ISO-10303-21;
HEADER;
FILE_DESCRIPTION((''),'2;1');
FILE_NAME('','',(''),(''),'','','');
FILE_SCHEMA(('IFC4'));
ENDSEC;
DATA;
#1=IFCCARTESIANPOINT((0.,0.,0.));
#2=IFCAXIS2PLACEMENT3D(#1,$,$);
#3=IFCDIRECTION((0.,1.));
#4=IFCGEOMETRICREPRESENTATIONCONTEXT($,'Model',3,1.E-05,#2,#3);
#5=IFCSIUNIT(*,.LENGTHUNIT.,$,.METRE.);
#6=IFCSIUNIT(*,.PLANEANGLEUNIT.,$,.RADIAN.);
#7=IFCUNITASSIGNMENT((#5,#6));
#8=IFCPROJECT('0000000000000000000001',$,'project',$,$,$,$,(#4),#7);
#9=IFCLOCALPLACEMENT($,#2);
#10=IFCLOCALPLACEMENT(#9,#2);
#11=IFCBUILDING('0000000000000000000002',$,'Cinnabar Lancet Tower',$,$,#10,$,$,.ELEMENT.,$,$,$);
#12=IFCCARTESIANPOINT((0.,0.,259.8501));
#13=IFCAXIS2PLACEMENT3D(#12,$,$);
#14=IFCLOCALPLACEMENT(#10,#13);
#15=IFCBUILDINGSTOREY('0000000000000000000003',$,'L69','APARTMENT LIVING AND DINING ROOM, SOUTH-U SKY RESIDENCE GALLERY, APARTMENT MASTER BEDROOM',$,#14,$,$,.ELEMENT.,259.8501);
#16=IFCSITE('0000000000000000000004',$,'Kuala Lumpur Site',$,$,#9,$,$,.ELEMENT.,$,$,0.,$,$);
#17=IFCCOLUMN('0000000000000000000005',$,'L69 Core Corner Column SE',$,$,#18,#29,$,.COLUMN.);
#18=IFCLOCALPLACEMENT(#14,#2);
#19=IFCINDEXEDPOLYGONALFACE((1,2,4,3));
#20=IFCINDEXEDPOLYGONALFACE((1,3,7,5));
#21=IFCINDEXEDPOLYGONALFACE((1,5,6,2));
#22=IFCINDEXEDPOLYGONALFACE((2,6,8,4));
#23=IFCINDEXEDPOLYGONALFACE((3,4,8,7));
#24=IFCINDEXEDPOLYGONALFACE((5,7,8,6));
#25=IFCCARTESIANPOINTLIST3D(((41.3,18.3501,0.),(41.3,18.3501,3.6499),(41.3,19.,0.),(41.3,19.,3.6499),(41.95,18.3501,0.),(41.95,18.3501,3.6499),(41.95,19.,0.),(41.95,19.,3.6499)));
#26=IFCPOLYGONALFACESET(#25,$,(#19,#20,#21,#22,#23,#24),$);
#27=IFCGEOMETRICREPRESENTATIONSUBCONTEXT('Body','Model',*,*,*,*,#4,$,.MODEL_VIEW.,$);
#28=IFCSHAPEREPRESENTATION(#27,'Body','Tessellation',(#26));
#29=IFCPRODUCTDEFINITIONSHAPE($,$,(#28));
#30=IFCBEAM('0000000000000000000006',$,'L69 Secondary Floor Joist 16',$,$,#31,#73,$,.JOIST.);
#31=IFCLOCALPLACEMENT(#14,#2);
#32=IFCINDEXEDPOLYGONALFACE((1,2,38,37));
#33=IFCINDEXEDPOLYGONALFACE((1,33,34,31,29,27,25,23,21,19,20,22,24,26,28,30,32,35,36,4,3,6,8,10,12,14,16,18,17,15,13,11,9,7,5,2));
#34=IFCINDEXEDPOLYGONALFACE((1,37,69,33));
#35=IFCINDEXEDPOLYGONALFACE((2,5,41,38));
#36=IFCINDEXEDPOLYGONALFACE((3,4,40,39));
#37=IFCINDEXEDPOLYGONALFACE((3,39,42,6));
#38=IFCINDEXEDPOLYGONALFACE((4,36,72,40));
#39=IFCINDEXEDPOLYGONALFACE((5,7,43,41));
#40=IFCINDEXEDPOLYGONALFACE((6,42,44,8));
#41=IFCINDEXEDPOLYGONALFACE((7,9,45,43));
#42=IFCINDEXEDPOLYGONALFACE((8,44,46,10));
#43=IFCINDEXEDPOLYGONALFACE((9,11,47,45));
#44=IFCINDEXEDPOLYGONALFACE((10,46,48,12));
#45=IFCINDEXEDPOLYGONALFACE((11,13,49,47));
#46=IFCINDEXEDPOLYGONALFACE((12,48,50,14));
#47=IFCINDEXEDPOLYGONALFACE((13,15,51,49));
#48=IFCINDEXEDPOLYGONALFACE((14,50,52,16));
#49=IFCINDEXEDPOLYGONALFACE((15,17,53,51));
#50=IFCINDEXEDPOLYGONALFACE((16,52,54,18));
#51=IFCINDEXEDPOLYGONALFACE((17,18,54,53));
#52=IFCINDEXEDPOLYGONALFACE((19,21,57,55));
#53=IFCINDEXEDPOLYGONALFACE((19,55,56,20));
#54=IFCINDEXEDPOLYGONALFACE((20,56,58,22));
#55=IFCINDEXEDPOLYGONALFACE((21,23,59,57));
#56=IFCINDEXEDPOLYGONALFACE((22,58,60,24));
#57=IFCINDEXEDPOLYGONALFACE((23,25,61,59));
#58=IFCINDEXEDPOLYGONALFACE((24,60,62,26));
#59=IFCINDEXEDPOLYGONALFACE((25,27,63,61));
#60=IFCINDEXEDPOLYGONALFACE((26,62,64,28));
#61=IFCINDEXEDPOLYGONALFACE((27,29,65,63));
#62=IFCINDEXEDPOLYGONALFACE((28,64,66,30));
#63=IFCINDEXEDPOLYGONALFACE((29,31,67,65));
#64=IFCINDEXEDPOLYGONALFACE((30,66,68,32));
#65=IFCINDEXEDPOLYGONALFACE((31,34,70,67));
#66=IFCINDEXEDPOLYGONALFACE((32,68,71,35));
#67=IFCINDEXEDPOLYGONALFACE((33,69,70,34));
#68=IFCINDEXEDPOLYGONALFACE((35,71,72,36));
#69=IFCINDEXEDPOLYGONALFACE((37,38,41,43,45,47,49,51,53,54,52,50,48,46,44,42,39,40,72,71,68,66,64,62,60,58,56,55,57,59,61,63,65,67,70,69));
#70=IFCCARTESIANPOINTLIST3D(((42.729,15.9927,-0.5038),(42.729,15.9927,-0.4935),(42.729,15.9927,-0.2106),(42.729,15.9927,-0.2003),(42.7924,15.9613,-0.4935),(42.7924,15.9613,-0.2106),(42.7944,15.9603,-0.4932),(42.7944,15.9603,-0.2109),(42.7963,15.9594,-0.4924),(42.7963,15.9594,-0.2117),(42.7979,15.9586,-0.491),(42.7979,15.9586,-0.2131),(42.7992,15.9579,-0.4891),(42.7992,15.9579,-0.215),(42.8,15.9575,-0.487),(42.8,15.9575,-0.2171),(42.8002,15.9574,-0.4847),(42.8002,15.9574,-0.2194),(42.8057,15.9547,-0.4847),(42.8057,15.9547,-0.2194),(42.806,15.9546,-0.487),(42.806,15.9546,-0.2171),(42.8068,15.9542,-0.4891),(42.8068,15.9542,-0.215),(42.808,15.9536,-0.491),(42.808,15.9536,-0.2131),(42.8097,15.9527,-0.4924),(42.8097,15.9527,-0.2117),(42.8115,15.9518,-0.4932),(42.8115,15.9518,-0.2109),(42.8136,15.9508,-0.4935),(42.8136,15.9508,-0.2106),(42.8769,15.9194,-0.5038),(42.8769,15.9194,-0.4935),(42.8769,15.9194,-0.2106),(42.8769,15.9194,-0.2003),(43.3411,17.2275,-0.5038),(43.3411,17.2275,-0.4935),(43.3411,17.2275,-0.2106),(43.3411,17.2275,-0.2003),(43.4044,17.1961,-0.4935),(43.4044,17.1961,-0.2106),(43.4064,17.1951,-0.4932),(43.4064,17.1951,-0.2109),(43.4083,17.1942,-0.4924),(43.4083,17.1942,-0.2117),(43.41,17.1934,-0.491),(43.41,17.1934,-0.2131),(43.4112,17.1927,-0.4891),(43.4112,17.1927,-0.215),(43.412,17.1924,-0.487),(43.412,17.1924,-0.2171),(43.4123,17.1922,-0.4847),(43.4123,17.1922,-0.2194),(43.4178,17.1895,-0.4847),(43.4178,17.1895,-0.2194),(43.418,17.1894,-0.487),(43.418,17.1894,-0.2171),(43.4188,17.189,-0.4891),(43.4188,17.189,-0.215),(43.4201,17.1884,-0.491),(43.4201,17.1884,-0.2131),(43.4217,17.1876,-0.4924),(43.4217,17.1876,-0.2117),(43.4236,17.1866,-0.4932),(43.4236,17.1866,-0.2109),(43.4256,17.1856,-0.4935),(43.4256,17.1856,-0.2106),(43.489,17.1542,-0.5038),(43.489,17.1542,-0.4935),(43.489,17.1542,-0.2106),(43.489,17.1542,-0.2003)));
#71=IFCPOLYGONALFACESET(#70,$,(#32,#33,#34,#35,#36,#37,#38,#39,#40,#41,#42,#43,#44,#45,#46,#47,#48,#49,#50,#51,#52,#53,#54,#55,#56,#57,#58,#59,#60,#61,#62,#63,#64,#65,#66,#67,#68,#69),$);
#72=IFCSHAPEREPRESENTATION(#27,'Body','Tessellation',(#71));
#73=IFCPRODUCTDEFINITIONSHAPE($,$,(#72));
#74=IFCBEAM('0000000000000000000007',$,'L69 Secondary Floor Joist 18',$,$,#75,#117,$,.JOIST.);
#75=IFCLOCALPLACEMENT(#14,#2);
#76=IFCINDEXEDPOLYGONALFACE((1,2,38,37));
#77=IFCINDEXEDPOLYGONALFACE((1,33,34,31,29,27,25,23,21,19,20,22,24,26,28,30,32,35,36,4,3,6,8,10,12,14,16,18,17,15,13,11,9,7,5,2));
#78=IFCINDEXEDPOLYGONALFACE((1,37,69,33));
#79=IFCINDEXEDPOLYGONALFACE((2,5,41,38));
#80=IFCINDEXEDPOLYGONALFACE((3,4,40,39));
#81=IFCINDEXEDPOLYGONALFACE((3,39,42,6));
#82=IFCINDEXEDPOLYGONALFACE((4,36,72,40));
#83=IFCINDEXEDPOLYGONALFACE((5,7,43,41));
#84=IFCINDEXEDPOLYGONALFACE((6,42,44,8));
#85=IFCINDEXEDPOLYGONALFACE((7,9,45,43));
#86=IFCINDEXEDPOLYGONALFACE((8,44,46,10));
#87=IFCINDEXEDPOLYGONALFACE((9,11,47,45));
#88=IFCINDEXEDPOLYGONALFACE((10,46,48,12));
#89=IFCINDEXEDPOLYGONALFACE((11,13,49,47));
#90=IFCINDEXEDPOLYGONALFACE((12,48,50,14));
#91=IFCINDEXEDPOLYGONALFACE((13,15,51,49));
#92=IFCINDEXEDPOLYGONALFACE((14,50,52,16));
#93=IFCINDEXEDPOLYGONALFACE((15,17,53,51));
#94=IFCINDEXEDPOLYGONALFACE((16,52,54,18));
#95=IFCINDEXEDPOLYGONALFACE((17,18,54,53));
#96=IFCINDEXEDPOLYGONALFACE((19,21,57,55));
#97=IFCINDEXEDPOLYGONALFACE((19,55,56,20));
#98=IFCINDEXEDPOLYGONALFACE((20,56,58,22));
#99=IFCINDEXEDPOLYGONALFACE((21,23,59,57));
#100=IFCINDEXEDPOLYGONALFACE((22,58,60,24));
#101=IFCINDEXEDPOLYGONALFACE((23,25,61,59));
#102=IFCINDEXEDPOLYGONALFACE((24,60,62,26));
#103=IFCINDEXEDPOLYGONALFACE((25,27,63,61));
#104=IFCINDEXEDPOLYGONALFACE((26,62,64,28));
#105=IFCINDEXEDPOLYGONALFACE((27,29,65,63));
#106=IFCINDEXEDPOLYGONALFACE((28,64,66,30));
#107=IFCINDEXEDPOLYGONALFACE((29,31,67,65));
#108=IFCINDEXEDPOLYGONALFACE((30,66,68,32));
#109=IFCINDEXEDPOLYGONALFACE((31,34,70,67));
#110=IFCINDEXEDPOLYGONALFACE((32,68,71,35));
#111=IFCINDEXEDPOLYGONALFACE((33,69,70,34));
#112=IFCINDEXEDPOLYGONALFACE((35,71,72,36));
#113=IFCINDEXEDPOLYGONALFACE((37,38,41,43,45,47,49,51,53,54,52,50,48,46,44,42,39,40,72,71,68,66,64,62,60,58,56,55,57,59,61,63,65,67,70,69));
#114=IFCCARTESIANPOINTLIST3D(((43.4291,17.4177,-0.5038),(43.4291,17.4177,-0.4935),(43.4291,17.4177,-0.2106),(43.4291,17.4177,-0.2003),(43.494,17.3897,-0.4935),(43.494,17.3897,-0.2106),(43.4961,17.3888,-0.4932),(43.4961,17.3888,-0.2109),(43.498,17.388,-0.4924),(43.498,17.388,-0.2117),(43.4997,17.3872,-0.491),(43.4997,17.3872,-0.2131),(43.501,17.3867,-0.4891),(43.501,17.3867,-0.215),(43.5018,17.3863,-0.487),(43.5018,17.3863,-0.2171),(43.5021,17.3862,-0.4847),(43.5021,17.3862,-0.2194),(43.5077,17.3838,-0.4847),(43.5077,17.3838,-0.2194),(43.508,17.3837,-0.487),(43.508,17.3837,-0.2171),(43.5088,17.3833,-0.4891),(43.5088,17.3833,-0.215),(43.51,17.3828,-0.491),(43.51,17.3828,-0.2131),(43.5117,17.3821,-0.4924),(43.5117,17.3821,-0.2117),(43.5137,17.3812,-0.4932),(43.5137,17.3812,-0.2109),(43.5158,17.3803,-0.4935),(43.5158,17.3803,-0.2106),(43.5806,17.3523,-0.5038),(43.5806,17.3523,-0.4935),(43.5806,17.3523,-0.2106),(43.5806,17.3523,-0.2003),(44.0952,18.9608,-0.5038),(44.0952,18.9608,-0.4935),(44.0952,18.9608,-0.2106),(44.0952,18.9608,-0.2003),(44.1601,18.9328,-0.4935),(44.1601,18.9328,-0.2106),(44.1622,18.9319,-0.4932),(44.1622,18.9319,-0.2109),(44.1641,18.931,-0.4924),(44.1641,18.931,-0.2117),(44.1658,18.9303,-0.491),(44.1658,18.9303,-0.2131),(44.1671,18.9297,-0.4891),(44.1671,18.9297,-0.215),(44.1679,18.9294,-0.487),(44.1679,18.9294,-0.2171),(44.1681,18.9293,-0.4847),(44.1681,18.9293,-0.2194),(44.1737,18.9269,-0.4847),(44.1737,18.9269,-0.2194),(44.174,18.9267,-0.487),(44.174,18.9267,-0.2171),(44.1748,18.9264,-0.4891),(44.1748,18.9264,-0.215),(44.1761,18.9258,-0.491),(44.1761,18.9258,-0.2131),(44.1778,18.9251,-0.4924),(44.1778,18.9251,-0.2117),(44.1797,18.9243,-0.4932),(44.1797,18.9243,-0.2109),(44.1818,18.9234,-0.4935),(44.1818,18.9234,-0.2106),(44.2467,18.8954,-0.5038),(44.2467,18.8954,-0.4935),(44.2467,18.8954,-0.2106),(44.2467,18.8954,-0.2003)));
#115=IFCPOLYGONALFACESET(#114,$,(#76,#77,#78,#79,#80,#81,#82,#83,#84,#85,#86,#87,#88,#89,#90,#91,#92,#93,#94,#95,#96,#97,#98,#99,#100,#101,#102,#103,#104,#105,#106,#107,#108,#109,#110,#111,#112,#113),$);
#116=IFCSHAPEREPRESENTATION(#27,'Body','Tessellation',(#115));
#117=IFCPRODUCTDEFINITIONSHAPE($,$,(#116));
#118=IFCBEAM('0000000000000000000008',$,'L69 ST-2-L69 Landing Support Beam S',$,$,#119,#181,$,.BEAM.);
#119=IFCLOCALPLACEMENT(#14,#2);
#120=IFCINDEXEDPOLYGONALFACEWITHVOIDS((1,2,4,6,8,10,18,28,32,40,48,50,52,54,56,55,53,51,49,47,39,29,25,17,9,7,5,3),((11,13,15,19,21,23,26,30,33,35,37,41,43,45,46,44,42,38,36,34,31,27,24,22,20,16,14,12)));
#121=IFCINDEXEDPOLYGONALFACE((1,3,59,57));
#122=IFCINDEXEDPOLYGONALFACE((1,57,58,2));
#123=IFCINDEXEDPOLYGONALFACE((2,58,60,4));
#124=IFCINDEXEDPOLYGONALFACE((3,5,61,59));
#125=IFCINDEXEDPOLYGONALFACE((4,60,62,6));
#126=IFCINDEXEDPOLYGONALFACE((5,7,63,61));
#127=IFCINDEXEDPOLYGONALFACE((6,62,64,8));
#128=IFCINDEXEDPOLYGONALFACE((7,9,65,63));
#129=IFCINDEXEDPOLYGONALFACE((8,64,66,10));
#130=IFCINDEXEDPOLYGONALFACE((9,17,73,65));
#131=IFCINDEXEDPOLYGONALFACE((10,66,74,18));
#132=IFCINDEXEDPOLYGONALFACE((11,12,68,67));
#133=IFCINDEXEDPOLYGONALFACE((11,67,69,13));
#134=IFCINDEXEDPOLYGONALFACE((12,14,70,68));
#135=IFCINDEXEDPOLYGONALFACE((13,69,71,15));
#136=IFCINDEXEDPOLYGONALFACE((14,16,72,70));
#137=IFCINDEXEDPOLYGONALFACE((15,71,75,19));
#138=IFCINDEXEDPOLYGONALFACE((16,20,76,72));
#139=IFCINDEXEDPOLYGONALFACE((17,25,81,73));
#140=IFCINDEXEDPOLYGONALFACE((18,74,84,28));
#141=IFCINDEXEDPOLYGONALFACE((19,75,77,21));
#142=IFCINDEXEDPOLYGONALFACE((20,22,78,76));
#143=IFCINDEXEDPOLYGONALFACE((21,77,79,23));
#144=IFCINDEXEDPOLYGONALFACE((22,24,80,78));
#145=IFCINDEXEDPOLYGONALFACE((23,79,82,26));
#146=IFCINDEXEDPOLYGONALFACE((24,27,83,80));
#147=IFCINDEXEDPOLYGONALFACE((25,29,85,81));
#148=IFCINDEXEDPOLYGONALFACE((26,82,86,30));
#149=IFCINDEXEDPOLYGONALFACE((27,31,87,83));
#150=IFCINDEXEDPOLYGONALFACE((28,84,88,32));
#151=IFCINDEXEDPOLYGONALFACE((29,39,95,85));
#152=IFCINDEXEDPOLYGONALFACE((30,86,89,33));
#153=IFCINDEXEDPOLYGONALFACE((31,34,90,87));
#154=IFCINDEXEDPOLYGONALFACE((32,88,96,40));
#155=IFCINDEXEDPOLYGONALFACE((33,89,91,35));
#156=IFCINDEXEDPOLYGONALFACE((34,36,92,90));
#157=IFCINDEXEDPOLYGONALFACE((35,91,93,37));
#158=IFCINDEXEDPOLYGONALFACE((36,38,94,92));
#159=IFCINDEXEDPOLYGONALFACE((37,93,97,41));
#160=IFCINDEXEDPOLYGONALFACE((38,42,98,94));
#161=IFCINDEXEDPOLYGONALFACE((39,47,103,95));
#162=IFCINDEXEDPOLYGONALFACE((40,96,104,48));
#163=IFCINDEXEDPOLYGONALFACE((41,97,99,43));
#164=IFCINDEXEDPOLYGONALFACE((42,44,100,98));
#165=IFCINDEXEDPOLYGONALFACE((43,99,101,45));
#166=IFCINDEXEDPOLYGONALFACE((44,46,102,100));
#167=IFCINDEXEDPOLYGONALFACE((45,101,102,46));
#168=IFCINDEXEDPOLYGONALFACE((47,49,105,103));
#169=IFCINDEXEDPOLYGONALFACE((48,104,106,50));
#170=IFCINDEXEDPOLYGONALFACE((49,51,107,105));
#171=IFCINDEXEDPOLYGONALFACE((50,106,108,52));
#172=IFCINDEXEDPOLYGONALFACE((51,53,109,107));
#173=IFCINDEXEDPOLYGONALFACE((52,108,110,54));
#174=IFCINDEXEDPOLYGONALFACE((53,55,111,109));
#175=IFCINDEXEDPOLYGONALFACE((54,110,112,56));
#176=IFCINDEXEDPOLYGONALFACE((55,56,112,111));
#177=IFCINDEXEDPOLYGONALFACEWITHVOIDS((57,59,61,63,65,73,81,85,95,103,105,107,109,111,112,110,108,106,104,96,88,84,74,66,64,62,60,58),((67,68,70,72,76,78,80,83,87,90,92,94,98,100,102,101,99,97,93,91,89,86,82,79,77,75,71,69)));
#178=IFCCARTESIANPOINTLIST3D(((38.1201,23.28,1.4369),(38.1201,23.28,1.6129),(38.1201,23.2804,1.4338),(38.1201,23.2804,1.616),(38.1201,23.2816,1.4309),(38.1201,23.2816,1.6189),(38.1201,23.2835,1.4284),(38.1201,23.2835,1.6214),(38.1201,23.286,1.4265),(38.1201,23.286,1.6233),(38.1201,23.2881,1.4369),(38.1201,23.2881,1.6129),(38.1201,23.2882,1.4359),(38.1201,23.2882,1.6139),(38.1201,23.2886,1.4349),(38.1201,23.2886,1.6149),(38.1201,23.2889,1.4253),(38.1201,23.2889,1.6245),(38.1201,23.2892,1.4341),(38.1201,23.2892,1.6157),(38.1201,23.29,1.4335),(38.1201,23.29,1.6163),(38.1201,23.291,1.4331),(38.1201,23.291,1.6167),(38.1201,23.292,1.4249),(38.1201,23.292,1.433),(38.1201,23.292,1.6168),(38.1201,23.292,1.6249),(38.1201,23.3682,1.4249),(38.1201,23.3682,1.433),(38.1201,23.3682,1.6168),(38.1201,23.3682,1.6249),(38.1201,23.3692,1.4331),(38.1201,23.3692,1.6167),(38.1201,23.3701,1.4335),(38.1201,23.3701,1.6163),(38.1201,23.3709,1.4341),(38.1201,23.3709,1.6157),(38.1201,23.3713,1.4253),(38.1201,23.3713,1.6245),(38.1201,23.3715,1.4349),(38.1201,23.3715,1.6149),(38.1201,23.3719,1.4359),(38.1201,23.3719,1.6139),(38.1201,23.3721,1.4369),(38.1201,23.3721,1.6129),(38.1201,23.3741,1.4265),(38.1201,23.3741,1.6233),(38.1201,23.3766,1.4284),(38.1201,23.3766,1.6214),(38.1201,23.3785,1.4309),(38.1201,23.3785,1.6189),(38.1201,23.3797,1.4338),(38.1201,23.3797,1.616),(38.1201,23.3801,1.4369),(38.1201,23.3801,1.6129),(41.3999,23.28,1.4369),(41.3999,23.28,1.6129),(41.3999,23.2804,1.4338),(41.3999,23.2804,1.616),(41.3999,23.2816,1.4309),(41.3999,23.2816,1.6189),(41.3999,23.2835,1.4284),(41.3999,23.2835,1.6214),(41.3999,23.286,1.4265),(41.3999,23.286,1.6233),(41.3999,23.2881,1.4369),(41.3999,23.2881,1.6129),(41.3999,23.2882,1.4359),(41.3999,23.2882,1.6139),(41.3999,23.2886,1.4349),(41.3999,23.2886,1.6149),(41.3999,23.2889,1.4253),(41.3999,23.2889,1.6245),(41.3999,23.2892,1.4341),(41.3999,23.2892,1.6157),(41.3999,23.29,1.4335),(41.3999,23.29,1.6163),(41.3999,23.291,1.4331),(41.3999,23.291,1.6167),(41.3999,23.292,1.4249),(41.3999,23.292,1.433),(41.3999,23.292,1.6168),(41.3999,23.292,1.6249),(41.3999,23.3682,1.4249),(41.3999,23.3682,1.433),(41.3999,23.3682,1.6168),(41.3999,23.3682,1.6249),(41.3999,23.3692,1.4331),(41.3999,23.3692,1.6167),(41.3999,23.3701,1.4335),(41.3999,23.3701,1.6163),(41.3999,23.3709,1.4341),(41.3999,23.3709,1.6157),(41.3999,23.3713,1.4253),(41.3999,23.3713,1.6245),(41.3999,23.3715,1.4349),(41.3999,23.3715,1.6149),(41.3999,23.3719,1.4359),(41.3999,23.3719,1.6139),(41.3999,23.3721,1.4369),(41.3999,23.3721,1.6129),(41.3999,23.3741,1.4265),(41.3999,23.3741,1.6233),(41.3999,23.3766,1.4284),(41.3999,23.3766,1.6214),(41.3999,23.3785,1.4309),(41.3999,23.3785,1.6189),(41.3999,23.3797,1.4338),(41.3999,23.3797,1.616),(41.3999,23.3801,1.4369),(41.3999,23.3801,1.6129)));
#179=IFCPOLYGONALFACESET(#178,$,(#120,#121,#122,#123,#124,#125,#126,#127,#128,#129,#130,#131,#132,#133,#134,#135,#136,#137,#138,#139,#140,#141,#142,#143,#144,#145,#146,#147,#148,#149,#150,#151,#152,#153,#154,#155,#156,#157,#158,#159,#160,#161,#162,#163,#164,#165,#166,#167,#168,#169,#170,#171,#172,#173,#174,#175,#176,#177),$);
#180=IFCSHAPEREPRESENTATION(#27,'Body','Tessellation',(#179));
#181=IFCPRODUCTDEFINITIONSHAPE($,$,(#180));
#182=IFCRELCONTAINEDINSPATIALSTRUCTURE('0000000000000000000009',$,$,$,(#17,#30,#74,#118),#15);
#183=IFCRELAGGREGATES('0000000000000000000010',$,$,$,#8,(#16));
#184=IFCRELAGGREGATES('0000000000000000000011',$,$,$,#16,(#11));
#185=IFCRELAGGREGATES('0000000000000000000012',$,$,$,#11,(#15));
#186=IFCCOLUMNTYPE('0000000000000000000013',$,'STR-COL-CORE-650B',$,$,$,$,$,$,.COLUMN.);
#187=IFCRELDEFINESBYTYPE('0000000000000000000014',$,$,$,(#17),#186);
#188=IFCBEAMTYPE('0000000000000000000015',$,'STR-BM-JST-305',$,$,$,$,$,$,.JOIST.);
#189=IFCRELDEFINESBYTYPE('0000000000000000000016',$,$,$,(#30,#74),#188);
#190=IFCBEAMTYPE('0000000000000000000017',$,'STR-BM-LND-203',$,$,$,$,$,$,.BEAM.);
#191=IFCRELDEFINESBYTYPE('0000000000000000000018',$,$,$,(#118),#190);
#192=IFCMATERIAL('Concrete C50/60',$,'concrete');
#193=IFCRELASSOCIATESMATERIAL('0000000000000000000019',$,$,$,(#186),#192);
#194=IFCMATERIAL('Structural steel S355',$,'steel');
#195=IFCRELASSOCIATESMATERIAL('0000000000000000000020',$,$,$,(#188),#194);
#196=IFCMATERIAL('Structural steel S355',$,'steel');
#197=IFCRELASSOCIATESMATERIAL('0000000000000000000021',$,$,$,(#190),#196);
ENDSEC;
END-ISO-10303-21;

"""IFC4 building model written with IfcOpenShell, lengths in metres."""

from ifc_helpers import new_model, si_unit, direction, frame, origin, origin_2d, place, context, subcontext, project, spatial, rectangle, hollow_rectangle, i_section, extrude, material, material_profile, profile_set, type_object, element, save


model = new_model("IFC4")

# Units and contexts
model_context = context("Model", 3, precision=1e-05, world=origin(), true_north=direction((0.0, 1.0)))
body_context = subcontext(model_context, "Body", "Model", "MODEL_VIEW")
ifc_project = project(units=[si_unit("LENGTHUNIT", "METRE"), si_unit("PLANEANGLEUNIT", "RADIAN")], contexts=[model_context])

# Site, building, storey
site_placement = place(None, origin())
site = spatial("IfcSite", under=ifc_project, at=site_placement, Name="Kuala Lumpur Site", CompositionType="ELEMENT", RefElevation=0.0)
building_placement = place(site_placement, origin())
building = spatial("IfcBuilding", under=site, at=building_placement, Name="Cinnabar Lancet Tower", CompositionType="ELEMENT")
storey_placement = place(building_placement, frame((0.0, 0.0, 259.8501)))
storey = spatial("IfcBuildingStorey", under=building, at=storey_placement, Name="L69", Description="APARTMENT LIVING AND DINING ROOM, SOUTH-U SKY RESIDENCE GALLERY, APARTMENT MASTER BEDROOM", CompositionType="ELEMENT", Elevation=259.8501)

# Column
ifc_material_1 = material(Name="Concrete C50/60", Category="concrete")
ifc_material_profile_1 = material_profile(ifc_material_1, rectangle(XDim=0.6499, YDim=0.6499, at=origin_2d()), Name="RC-COL 650x650")
ifc_profile_set_1 = profile_set([ifc_material_profile_1], Name="Concrete C50/60")
column_type = type_object("IfcColumnType", Name="STR-COL-CORE-650B", PredefinedType="COLUMN", material=ifc_profile_set_1)
column_placement = place(storey_placement, frame((41.625, 18.675, 0.0), z_axis=(0.0, 0.0, 1.0), x_axis=(1.0, 0.0, 0.0)))
element("IfcColumn", 1, at=column_placement, inside=storey, type_object=column_type, Name="L69 Core Corner Column SE", PredefinedType="COLUMN", context=body_context, shape_type="SweptSolid", body=[
    extrude(rectangle(XDim=0.6499, YDim=0.6499, at=origin_2d()), origin(), (0.0, 0.0, 1.0), 3.6499),
])

# Beams
ifc_material_2 = material(Name="Structural steel S355", Category="steel")
ifc_material_profile_2 = material_profile(ifc_material_2, i_section(OverallWidth=0.165, OverallDepth=0.3035, WebThickness=0.0061, FlangeThickness=0.0103, FilletRadius=0.0088, at=origin_2d()), Name="UKB 305x165x40")
ifc_profile_set_2 = profile_set([ifc_material_profile_2], Name="Structural steel S355")
beam_type_1 = type_object("IfcBeamType", Name="STR-BM-JST-305", PredefinedType="JOIST", material=ifc_profile_set_2)
beam_1_placement = place(storey_placement, frame((42.803, 15.9561, -0.3521), z_axis=(0.444093, 0.895981, 0.0), x_axis=(-0.895981, 0.444093, 0.0)))
element("IfcBeam", 2, at=beam_1_placement, inside=storey, type_object=beam_type_1, Name="L69 Secondary Floor Joist 16", PredefinedType="JOIST", context=body_context, shape_type="SweptSolid", body=[
    extrude(i_section(OverallWidth=0.165, OverallDepth=0.3035, WebThickness=0.0061, FlangeThickness=0.0103, FilletRadius=0.0088, at=origin_2d()), origin(), (0.0, 0.0, 1.0), 1.3782),
])
beam_2_placement = place(storey_placement, frame((43.5049, 17.385, -0.3521), z_axis=(0.396302, 0.91812, 0.0), x_axis=(-0.91812, 0.396302, 0.0)))
element("IfcBeam", 3, at=beam_2_placement, inside=storey, type_object=beam_type_1, Name="L69 Secondary Floor Joist 18", PredefinedType="JOIST", context=body_context, shape_type="SweptSolid", body=[
    extrude(i_section(OverallWidth=0.165, OverallDepth=0.3035, WebThickness=0.0061, FlangeThickness=0.0103, FilletRadius=0.0088, at=origin_2d()), origin(), (0.0, 0.0, 1.0), 1.6807),
])
ifc_material_3 = material(Name="Structural steel S355", Category="steel")
ifc_material_profile_3 = material_profile(ifc_material_3, hollow_rectangle(XDim=0.1001, YDim=0.2, WallThickness=0.0081, InnerFilletRadius=0.0039, OuterFilletRadius=0.012, at=origin_2d()), Name="RHS 200x100x8")
ifc_profile_set_3 = profile_set([ifc_material_profile_3], Name="Structural steel S355")
beam_type_2 = type_object("IfcBeamType", Name="STR-BM-LND-203", PredefinedType="BEAM", material=ifc_profile_set_3)
for number, where, z_axis, x_axis, name in (
    (4, (38.1201, 23.3301, 1.5249), (1.0, 0.0, 0.0), (0.0, 1.0, 0.0), "L69 ST-2-L69 Landing Support Beam S"),
):
    element("IfcBeam", number, at=place(storey_placement, frame(where, z_axis=z_axis, x_axis=x_axis)), inside=storey, type_object=beam_type_2, Name=name, PredefinedType="BEAM", context=body_context, shape_type="SweptSolid", body=[
        extrude(hollow_rectangle(XDim=0.1001, YDim=0.2, WallThickness=0.0081, InnerFilletRadius=0.0039, OuterFilletRadius=0.012, at=origin_2d()), origin(), (0.0, 0.0, 1.0), 3.2798),
    ])

save(model, "model.ifc")
